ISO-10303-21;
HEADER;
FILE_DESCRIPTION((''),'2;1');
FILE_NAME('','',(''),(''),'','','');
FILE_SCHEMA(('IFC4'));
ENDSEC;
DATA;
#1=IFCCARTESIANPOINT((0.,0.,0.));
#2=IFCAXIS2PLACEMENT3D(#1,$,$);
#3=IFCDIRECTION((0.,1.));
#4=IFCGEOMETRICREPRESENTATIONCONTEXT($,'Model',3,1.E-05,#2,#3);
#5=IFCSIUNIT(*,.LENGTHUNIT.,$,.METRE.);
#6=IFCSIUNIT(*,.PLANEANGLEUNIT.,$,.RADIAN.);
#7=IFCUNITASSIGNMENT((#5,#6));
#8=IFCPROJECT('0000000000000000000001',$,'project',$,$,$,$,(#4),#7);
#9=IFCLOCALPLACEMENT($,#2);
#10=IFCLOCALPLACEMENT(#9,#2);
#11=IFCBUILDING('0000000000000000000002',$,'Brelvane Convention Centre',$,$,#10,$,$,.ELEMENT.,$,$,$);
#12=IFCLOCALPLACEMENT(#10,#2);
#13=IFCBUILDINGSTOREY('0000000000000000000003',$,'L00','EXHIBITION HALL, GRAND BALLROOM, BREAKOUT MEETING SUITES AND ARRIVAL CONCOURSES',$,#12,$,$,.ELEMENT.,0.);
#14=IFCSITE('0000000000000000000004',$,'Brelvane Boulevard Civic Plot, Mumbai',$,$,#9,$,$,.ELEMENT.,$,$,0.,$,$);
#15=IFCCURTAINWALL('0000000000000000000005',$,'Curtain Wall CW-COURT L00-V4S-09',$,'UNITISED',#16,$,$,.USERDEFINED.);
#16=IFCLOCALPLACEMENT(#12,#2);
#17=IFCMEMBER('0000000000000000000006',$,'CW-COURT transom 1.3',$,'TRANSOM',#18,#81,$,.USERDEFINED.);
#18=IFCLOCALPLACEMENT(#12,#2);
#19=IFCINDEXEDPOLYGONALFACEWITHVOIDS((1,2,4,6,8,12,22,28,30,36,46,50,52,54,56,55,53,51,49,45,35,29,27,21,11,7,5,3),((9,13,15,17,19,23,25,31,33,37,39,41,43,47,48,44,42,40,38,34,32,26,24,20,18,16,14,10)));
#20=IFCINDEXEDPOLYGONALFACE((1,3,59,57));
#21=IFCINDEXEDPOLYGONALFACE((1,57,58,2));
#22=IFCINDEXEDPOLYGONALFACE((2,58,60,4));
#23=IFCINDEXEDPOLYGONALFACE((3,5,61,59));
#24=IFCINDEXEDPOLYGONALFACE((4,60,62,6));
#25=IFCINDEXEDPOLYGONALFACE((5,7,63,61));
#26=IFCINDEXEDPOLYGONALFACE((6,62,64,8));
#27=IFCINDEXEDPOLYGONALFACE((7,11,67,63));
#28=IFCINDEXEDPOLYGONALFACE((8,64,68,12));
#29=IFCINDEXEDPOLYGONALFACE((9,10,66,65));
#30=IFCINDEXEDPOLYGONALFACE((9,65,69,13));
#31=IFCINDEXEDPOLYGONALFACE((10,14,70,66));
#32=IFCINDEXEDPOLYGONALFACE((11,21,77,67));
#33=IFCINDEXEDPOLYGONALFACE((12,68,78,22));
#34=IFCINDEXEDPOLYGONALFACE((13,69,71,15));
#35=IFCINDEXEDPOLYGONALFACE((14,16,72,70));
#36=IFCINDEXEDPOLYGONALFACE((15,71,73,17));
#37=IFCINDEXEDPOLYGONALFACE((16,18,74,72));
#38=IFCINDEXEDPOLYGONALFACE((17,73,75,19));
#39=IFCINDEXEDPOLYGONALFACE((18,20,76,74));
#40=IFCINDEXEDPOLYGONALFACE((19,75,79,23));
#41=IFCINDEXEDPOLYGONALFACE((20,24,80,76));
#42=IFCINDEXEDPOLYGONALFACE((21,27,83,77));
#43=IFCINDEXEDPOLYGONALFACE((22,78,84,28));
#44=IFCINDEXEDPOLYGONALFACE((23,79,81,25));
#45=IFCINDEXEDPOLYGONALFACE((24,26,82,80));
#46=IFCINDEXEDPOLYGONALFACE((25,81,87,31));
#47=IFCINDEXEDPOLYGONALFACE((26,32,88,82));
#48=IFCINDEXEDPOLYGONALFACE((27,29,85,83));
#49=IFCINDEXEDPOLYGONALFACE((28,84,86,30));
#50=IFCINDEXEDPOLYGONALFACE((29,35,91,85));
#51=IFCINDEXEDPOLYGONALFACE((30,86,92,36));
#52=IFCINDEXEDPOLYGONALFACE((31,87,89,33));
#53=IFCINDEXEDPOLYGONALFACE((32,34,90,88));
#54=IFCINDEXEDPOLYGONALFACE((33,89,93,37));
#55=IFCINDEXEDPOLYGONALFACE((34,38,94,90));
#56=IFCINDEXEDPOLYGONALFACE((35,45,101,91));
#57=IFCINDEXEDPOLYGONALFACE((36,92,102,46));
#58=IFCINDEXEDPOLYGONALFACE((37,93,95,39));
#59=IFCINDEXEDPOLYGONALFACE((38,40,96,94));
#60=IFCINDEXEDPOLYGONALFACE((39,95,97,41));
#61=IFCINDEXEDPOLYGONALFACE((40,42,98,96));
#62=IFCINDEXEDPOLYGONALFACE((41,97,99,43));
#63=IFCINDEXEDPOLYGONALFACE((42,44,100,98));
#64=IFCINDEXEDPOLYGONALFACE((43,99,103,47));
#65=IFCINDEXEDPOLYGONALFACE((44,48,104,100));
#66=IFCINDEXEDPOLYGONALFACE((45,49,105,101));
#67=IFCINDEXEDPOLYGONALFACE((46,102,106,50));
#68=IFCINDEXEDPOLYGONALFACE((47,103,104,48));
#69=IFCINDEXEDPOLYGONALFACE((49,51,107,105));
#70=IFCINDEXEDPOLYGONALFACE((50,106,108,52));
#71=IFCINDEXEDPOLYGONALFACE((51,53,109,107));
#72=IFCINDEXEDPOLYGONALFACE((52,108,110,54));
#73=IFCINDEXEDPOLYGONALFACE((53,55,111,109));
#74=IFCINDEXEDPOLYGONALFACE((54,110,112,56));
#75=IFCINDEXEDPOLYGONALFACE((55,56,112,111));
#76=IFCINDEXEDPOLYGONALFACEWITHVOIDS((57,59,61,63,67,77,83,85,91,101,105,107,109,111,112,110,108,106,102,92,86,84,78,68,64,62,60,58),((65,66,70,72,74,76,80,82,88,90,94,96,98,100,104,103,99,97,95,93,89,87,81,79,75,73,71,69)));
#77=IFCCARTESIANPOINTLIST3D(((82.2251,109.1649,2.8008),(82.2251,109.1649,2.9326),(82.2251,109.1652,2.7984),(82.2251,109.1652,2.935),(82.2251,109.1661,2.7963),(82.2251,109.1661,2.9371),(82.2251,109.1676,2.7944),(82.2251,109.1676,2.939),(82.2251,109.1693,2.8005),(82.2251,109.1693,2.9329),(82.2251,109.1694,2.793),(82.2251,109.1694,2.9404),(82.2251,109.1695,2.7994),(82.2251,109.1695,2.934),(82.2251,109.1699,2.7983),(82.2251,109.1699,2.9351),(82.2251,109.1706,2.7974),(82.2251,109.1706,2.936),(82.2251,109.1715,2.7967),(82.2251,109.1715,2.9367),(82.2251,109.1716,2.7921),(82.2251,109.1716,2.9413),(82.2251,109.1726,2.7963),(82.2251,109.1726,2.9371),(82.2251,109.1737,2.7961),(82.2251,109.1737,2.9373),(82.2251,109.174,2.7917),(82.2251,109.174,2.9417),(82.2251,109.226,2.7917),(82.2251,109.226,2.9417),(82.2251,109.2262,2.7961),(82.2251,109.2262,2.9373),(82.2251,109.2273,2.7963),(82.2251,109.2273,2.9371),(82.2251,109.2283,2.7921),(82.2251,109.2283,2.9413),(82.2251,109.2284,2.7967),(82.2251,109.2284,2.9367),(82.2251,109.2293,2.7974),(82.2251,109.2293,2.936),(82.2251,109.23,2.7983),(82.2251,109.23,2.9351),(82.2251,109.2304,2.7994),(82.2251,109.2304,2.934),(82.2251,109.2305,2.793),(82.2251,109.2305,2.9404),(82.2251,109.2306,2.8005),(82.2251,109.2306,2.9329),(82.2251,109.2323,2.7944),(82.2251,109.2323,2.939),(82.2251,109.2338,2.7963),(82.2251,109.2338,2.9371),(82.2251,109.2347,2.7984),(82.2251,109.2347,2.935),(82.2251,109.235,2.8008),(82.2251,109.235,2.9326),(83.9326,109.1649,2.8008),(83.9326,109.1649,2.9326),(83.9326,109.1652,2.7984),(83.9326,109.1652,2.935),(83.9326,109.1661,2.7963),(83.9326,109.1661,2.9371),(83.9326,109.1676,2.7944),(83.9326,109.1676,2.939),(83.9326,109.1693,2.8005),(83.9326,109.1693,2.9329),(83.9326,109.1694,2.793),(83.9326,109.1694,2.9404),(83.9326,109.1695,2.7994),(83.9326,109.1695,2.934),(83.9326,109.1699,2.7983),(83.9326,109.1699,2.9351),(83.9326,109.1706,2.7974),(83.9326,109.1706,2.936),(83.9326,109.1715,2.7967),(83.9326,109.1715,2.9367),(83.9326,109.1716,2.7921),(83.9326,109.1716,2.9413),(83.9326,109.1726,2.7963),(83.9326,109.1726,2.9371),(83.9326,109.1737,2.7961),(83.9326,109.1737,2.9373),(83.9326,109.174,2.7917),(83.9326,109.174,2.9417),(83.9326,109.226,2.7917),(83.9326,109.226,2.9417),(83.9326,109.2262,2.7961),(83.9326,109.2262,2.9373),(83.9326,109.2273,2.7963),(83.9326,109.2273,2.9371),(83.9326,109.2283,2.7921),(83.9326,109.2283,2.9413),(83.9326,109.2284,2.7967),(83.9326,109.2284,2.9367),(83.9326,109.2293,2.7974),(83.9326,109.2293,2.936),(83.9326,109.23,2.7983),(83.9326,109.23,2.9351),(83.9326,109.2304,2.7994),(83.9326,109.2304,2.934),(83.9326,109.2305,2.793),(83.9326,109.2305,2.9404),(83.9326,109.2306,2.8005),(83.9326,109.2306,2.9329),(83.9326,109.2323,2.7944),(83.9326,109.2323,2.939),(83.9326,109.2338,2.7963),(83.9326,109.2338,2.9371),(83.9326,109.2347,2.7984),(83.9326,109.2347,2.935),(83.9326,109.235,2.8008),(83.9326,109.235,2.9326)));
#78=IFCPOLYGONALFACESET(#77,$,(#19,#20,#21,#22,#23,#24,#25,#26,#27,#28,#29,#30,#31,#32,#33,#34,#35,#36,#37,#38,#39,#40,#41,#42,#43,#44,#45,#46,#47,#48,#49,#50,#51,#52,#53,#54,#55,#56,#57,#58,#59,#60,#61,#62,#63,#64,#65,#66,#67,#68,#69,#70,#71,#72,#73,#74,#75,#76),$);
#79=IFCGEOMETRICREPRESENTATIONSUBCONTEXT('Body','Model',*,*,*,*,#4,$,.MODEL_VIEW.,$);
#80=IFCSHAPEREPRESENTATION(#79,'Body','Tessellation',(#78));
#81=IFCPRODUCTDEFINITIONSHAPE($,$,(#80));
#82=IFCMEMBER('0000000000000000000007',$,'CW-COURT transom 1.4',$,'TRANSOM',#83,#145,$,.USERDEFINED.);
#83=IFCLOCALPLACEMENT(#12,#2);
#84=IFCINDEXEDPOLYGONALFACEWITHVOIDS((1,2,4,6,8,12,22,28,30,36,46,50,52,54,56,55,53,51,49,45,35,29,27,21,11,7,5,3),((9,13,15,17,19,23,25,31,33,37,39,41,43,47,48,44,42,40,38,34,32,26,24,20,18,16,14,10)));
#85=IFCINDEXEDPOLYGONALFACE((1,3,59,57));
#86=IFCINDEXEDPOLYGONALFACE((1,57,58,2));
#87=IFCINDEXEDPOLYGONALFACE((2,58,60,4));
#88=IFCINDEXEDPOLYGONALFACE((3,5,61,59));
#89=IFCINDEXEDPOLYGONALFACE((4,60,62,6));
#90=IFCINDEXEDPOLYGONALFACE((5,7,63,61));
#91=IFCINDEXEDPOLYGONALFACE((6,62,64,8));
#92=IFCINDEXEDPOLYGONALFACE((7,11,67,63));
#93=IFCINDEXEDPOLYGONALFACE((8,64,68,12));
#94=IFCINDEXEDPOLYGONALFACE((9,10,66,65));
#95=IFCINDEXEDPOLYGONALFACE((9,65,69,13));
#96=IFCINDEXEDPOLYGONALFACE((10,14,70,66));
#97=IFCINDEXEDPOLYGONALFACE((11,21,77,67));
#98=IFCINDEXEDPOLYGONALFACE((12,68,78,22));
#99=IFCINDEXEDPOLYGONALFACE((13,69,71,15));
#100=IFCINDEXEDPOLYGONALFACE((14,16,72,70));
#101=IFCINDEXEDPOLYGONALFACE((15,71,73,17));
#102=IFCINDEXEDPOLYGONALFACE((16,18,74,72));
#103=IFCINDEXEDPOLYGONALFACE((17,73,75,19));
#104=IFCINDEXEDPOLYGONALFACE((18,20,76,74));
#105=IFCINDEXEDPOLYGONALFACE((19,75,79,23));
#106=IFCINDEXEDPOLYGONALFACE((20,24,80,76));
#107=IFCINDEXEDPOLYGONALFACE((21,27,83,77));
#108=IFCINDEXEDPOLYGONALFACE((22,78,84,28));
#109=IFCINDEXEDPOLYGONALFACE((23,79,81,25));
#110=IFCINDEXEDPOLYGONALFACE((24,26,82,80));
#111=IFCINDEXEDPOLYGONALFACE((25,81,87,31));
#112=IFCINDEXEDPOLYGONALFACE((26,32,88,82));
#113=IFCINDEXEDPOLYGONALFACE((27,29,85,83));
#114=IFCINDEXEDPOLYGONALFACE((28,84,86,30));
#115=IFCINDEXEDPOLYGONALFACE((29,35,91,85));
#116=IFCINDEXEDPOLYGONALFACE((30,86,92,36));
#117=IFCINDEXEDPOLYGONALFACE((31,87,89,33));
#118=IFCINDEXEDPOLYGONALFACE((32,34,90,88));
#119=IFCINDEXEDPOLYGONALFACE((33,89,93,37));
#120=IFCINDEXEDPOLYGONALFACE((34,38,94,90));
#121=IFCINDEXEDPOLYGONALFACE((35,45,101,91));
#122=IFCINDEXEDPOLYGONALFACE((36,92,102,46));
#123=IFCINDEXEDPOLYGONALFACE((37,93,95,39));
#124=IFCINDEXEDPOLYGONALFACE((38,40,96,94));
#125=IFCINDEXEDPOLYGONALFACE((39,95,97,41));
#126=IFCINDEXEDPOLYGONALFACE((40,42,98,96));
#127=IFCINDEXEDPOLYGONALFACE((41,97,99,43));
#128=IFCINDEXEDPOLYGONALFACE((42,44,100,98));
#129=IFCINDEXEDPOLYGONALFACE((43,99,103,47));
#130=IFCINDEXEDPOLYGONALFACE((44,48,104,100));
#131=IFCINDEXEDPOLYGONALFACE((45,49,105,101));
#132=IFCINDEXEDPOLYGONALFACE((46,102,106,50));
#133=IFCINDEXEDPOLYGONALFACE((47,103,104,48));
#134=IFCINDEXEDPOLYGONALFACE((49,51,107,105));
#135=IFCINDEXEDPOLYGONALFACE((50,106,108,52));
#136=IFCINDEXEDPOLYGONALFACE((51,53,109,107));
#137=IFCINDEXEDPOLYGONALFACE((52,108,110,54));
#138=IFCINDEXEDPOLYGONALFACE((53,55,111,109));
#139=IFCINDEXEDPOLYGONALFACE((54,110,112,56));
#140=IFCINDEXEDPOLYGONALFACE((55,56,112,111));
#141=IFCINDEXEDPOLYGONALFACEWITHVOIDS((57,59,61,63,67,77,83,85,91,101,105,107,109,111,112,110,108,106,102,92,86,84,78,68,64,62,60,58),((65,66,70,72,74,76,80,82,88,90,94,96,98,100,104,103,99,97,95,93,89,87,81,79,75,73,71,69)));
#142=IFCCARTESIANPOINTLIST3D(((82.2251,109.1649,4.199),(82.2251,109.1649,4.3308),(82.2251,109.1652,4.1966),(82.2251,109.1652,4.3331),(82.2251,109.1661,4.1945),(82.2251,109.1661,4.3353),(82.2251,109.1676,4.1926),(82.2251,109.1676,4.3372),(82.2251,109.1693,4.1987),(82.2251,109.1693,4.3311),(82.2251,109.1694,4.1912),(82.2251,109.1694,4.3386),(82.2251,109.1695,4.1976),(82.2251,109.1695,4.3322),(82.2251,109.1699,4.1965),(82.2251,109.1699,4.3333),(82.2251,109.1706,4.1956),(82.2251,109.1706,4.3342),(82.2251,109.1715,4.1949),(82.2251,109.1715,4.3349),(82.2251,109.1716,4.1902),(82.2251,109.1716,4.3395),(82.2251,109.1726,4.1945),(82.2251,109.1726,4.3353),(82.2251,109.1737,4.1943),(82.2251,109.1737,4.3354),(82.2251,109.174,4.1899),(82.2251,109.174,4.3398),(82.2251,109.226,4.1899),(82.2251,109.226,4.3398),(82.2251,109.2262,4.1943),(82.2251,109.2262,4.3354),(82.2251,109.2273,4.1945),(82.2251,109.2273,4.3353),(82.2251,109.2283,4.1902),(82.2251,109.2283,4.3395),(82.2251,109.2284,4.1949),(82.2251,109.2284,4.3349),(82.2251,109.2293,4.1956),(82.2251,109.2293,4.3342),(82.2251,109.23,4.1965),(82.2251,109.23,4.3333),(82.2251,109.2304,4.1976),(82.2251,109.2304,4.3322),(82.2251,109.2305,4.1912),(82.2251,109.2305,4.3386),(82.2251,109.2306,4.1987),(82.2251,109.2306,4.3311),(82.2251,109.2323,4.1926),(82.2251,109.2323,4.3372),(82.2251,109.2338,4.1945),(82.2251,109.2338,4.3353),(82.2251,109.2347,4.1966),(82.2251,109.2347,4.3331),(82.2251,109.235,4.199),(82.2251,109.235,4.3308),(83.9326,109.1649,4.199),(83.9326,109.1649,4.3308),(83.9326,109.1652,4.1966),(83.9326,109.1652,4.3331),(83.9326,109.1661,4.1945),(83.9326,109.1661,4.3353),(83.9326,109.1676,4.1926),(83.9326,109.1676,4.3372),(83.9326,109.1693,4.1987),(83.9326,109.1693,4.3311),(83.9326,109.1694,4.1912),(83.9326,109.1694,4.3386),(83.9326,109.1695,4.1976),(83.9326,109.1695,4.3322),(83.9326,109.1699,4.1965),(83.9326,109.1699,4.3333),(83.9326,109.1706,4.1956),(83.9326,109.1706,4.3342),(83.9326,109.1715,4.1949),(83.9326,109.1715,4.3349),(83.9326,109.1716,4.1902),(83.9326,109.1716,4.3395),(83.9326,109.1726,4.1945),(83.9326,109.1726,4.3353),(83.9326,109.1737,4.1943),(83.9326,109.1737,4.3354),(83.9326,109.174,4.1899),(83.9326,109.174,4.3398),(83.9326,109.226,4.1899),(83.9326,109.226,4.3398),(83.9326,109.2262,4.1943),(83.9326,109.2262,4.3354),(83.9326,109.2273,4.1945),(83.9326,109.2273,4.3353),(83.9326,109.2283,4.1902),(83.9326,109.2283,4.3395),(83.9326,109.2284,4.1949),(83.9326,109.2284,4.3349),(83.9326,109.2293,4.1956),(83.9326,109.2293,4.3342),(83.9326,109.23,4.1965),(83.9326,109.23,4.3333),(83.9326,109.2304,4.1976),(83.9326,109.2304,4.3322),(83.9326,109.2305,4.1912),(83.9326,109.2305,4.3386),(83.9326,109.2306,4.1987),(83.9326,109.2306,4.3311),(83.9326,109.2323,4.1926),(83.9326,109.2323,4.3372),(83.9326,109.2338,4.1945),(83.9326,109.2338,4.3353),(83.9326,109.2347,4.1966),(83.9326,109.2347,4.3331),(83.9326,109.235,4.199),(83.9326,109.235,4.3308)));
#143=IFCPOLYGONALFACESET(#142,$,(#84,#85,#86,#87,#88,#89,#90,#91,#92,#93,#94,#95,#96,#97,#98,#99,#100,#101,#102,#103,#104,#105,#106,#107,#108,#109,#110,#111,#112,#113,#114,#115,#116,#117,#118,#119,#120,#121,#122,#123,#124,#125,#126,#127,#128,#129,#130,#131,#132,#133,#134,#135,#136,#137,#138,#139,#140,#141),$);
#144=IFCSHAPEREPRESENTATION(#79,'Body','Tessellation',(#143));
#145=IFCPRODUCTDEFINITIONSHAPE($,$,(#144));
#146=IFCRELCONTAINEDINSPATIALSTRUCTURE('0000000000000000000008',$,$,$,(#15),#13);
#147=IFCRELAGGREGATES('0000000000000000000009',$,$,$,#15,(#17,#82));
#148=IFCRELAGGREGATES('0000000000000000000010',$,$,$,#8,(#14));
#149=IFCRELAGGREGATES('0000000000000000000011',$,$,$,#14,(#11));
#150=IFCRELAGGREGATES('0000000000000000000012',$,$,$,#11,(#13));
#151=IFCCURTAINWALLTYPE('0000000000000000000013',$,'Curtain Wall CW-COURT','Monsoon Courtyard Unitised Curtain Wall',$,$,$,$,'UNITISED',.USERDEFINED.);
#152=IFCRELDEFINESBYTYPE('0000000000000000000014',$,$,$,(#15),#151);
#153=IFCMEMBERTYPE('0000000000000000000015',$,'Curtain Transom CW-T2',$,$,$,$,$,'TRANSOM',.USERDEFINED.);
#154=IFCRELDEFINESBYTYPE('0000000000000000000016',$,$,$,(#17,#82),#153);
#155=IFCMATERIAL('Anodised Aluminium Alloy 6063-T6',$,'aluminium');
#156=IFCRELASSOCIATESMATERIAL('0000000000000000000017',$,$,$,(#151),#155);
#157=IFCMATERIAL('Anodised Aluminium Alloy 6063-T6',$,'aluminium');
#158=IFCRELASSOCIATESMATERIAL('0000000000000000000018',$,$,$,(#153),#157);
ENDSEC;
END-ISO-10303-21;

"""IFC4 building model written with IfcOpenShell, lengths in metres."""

from ifc_helpers import new_model, si_unit, direction, frame, origin, origin_2d, place, context, subcontext, project, spatial, hollow_rectangle, extrude, material, material_profile, profile_set, type_object, element, aggregate, save


model = new_model("IFC4")

# Units and contexts
model_context = context("Model", 3, precision=1e-05, world=origin(), true_north=direction((0.0, 1.0)))
body_context = subcontext(model_context, "Body", "Model", "MODEL_VIEW")
ifc_project = project(units=[si_unit("LENGTHUNIT", "METRE"), si_unit("PLANEANGLEUNIT", "RADIAN")], contexts=[model_context])

# Site, building, storey
site_placement = place(None, origin())
site = spatial("IfcSite", under=ifc_project, at=site_placement, Name="Brelvane Boulevard Civic Plot, Mumbai", CompositionType="ELEMENT", RefElevation=0.0)
building_placement = place(site_placement, origin())
building = spatial("IfcBuilding", under=site, at=building_placement, Name="Brelvane Convention Centre", CompositionType="ELEMENT")
storey_placement = place(building_placement, origin())
storey = spatial("IfcBuildingStorey", under=building, at=storey_placement, Name="L00", Description="EXHIBITION HALL, GRAND BALLROOM, BREAKOUT MEETING SUITES AND ARRIVAL CONCOURSES", CompositionType="ELEMENT", Elevation=0.0)

# Curtain wall, members
ifc_material_1 = material(Name="Anodised Aluminium Alloy 6063-T6", Category="aluminium")
curtain_wall_type = type_object("IfcCurtainWallType", Name="Curtain Wall CW-COURT", Description="Monsoon Courtyard Unitised Curtain Wall", ElementType="UNITISED", PredefinedType="USERDEFINED", material=ifc_material_1)
curtain_wall_placement = place(storey_placement, origin())
curtain_wall = element("IfcCurtainWall", 1, at=curtain_wall_placement, inside=storey, type_object=curtain_wall_type, Name="Curtain Wall CW-COURT L00-V4S-09", ObjectType="UNITISED", PredefinedType="USERDEFINED")
ifc_material_2 = material(Name="Anodised Aluminium Alloy 6063-T6", Category="aluminium")
ifc_material_profile_1 = material_profile(ifc_material_2, hollow_rectangle(XDim=0.0701, YDim=0.1499, WallThickness=0.0044, InnerFilletRadius=0.0044, OuterFilletRadius=0.009, at=origin_2d()), Name="ALU-T 150x70x4.5")
ifc_profile_set_1 = profile_set([ifc_material_profile_1], Name="Anodised Aluminium Alloy 6063-T6")
member_type_1 = type_object("IfcMemberType", Name="Curtain Transom CW-T2", ElementType="TRANSOM", PredefinedType="USERDEFINED", material=ifc_profile_set_1)
member_1_placement = place(storey_placement, frame((82.2251, 109.2, 2.8667), z_axis=(1.0, 0.0, 0.0), x_axis=(0.0, 1.0, 0.0)))
member_1 = element("IfcMember", 2, at=member_1_placement, type_object=member_type_1, Name="CW-COURT transom 1.3", ObjectType="TRANSOM", PredefinedType="USERDEFINED", context=body_context, shape_type="SweptSolid", body=[
    extrude(hollow_rectangle(XDim=0.0701, YDim=0.1499, WallThickness=0.0044, InnerFilletRadius=0.0044, OuterFilletRadius=0.009, at=origin_2d()), origin(), (0.0, 0.0, 1.0), 1.7075),
])
member_2_placement = place(storey_placement, frame((82.2251, 109.2, 4.2649), z_axis=(1.0, 0.0, 0.0), x_axis=(0.0, 1.0, 0.0)))
member_2 = element("IfcMember", 3, at=member_2_placement, type_object=member_type_1, Name="CW-COURT transom 1.4", ObjectType="TRANSOM", PredefinedType="USERDEFINED", context=body_context, shape_type="SweptSolid", body=[
    extrude(hollow_rectangle(XDim=0.0701, YDim=0.1499, WallThickness=0.0044, InnerFilletRadius=0.0044, OuterFilletRadius=0.009, at=origin_2d()), origin(), (0.0, 0.0, 1.0), 1.7075),
])

aggregate(curtain_wall, [member_1, member_2])

save(model, "model.ifc")
